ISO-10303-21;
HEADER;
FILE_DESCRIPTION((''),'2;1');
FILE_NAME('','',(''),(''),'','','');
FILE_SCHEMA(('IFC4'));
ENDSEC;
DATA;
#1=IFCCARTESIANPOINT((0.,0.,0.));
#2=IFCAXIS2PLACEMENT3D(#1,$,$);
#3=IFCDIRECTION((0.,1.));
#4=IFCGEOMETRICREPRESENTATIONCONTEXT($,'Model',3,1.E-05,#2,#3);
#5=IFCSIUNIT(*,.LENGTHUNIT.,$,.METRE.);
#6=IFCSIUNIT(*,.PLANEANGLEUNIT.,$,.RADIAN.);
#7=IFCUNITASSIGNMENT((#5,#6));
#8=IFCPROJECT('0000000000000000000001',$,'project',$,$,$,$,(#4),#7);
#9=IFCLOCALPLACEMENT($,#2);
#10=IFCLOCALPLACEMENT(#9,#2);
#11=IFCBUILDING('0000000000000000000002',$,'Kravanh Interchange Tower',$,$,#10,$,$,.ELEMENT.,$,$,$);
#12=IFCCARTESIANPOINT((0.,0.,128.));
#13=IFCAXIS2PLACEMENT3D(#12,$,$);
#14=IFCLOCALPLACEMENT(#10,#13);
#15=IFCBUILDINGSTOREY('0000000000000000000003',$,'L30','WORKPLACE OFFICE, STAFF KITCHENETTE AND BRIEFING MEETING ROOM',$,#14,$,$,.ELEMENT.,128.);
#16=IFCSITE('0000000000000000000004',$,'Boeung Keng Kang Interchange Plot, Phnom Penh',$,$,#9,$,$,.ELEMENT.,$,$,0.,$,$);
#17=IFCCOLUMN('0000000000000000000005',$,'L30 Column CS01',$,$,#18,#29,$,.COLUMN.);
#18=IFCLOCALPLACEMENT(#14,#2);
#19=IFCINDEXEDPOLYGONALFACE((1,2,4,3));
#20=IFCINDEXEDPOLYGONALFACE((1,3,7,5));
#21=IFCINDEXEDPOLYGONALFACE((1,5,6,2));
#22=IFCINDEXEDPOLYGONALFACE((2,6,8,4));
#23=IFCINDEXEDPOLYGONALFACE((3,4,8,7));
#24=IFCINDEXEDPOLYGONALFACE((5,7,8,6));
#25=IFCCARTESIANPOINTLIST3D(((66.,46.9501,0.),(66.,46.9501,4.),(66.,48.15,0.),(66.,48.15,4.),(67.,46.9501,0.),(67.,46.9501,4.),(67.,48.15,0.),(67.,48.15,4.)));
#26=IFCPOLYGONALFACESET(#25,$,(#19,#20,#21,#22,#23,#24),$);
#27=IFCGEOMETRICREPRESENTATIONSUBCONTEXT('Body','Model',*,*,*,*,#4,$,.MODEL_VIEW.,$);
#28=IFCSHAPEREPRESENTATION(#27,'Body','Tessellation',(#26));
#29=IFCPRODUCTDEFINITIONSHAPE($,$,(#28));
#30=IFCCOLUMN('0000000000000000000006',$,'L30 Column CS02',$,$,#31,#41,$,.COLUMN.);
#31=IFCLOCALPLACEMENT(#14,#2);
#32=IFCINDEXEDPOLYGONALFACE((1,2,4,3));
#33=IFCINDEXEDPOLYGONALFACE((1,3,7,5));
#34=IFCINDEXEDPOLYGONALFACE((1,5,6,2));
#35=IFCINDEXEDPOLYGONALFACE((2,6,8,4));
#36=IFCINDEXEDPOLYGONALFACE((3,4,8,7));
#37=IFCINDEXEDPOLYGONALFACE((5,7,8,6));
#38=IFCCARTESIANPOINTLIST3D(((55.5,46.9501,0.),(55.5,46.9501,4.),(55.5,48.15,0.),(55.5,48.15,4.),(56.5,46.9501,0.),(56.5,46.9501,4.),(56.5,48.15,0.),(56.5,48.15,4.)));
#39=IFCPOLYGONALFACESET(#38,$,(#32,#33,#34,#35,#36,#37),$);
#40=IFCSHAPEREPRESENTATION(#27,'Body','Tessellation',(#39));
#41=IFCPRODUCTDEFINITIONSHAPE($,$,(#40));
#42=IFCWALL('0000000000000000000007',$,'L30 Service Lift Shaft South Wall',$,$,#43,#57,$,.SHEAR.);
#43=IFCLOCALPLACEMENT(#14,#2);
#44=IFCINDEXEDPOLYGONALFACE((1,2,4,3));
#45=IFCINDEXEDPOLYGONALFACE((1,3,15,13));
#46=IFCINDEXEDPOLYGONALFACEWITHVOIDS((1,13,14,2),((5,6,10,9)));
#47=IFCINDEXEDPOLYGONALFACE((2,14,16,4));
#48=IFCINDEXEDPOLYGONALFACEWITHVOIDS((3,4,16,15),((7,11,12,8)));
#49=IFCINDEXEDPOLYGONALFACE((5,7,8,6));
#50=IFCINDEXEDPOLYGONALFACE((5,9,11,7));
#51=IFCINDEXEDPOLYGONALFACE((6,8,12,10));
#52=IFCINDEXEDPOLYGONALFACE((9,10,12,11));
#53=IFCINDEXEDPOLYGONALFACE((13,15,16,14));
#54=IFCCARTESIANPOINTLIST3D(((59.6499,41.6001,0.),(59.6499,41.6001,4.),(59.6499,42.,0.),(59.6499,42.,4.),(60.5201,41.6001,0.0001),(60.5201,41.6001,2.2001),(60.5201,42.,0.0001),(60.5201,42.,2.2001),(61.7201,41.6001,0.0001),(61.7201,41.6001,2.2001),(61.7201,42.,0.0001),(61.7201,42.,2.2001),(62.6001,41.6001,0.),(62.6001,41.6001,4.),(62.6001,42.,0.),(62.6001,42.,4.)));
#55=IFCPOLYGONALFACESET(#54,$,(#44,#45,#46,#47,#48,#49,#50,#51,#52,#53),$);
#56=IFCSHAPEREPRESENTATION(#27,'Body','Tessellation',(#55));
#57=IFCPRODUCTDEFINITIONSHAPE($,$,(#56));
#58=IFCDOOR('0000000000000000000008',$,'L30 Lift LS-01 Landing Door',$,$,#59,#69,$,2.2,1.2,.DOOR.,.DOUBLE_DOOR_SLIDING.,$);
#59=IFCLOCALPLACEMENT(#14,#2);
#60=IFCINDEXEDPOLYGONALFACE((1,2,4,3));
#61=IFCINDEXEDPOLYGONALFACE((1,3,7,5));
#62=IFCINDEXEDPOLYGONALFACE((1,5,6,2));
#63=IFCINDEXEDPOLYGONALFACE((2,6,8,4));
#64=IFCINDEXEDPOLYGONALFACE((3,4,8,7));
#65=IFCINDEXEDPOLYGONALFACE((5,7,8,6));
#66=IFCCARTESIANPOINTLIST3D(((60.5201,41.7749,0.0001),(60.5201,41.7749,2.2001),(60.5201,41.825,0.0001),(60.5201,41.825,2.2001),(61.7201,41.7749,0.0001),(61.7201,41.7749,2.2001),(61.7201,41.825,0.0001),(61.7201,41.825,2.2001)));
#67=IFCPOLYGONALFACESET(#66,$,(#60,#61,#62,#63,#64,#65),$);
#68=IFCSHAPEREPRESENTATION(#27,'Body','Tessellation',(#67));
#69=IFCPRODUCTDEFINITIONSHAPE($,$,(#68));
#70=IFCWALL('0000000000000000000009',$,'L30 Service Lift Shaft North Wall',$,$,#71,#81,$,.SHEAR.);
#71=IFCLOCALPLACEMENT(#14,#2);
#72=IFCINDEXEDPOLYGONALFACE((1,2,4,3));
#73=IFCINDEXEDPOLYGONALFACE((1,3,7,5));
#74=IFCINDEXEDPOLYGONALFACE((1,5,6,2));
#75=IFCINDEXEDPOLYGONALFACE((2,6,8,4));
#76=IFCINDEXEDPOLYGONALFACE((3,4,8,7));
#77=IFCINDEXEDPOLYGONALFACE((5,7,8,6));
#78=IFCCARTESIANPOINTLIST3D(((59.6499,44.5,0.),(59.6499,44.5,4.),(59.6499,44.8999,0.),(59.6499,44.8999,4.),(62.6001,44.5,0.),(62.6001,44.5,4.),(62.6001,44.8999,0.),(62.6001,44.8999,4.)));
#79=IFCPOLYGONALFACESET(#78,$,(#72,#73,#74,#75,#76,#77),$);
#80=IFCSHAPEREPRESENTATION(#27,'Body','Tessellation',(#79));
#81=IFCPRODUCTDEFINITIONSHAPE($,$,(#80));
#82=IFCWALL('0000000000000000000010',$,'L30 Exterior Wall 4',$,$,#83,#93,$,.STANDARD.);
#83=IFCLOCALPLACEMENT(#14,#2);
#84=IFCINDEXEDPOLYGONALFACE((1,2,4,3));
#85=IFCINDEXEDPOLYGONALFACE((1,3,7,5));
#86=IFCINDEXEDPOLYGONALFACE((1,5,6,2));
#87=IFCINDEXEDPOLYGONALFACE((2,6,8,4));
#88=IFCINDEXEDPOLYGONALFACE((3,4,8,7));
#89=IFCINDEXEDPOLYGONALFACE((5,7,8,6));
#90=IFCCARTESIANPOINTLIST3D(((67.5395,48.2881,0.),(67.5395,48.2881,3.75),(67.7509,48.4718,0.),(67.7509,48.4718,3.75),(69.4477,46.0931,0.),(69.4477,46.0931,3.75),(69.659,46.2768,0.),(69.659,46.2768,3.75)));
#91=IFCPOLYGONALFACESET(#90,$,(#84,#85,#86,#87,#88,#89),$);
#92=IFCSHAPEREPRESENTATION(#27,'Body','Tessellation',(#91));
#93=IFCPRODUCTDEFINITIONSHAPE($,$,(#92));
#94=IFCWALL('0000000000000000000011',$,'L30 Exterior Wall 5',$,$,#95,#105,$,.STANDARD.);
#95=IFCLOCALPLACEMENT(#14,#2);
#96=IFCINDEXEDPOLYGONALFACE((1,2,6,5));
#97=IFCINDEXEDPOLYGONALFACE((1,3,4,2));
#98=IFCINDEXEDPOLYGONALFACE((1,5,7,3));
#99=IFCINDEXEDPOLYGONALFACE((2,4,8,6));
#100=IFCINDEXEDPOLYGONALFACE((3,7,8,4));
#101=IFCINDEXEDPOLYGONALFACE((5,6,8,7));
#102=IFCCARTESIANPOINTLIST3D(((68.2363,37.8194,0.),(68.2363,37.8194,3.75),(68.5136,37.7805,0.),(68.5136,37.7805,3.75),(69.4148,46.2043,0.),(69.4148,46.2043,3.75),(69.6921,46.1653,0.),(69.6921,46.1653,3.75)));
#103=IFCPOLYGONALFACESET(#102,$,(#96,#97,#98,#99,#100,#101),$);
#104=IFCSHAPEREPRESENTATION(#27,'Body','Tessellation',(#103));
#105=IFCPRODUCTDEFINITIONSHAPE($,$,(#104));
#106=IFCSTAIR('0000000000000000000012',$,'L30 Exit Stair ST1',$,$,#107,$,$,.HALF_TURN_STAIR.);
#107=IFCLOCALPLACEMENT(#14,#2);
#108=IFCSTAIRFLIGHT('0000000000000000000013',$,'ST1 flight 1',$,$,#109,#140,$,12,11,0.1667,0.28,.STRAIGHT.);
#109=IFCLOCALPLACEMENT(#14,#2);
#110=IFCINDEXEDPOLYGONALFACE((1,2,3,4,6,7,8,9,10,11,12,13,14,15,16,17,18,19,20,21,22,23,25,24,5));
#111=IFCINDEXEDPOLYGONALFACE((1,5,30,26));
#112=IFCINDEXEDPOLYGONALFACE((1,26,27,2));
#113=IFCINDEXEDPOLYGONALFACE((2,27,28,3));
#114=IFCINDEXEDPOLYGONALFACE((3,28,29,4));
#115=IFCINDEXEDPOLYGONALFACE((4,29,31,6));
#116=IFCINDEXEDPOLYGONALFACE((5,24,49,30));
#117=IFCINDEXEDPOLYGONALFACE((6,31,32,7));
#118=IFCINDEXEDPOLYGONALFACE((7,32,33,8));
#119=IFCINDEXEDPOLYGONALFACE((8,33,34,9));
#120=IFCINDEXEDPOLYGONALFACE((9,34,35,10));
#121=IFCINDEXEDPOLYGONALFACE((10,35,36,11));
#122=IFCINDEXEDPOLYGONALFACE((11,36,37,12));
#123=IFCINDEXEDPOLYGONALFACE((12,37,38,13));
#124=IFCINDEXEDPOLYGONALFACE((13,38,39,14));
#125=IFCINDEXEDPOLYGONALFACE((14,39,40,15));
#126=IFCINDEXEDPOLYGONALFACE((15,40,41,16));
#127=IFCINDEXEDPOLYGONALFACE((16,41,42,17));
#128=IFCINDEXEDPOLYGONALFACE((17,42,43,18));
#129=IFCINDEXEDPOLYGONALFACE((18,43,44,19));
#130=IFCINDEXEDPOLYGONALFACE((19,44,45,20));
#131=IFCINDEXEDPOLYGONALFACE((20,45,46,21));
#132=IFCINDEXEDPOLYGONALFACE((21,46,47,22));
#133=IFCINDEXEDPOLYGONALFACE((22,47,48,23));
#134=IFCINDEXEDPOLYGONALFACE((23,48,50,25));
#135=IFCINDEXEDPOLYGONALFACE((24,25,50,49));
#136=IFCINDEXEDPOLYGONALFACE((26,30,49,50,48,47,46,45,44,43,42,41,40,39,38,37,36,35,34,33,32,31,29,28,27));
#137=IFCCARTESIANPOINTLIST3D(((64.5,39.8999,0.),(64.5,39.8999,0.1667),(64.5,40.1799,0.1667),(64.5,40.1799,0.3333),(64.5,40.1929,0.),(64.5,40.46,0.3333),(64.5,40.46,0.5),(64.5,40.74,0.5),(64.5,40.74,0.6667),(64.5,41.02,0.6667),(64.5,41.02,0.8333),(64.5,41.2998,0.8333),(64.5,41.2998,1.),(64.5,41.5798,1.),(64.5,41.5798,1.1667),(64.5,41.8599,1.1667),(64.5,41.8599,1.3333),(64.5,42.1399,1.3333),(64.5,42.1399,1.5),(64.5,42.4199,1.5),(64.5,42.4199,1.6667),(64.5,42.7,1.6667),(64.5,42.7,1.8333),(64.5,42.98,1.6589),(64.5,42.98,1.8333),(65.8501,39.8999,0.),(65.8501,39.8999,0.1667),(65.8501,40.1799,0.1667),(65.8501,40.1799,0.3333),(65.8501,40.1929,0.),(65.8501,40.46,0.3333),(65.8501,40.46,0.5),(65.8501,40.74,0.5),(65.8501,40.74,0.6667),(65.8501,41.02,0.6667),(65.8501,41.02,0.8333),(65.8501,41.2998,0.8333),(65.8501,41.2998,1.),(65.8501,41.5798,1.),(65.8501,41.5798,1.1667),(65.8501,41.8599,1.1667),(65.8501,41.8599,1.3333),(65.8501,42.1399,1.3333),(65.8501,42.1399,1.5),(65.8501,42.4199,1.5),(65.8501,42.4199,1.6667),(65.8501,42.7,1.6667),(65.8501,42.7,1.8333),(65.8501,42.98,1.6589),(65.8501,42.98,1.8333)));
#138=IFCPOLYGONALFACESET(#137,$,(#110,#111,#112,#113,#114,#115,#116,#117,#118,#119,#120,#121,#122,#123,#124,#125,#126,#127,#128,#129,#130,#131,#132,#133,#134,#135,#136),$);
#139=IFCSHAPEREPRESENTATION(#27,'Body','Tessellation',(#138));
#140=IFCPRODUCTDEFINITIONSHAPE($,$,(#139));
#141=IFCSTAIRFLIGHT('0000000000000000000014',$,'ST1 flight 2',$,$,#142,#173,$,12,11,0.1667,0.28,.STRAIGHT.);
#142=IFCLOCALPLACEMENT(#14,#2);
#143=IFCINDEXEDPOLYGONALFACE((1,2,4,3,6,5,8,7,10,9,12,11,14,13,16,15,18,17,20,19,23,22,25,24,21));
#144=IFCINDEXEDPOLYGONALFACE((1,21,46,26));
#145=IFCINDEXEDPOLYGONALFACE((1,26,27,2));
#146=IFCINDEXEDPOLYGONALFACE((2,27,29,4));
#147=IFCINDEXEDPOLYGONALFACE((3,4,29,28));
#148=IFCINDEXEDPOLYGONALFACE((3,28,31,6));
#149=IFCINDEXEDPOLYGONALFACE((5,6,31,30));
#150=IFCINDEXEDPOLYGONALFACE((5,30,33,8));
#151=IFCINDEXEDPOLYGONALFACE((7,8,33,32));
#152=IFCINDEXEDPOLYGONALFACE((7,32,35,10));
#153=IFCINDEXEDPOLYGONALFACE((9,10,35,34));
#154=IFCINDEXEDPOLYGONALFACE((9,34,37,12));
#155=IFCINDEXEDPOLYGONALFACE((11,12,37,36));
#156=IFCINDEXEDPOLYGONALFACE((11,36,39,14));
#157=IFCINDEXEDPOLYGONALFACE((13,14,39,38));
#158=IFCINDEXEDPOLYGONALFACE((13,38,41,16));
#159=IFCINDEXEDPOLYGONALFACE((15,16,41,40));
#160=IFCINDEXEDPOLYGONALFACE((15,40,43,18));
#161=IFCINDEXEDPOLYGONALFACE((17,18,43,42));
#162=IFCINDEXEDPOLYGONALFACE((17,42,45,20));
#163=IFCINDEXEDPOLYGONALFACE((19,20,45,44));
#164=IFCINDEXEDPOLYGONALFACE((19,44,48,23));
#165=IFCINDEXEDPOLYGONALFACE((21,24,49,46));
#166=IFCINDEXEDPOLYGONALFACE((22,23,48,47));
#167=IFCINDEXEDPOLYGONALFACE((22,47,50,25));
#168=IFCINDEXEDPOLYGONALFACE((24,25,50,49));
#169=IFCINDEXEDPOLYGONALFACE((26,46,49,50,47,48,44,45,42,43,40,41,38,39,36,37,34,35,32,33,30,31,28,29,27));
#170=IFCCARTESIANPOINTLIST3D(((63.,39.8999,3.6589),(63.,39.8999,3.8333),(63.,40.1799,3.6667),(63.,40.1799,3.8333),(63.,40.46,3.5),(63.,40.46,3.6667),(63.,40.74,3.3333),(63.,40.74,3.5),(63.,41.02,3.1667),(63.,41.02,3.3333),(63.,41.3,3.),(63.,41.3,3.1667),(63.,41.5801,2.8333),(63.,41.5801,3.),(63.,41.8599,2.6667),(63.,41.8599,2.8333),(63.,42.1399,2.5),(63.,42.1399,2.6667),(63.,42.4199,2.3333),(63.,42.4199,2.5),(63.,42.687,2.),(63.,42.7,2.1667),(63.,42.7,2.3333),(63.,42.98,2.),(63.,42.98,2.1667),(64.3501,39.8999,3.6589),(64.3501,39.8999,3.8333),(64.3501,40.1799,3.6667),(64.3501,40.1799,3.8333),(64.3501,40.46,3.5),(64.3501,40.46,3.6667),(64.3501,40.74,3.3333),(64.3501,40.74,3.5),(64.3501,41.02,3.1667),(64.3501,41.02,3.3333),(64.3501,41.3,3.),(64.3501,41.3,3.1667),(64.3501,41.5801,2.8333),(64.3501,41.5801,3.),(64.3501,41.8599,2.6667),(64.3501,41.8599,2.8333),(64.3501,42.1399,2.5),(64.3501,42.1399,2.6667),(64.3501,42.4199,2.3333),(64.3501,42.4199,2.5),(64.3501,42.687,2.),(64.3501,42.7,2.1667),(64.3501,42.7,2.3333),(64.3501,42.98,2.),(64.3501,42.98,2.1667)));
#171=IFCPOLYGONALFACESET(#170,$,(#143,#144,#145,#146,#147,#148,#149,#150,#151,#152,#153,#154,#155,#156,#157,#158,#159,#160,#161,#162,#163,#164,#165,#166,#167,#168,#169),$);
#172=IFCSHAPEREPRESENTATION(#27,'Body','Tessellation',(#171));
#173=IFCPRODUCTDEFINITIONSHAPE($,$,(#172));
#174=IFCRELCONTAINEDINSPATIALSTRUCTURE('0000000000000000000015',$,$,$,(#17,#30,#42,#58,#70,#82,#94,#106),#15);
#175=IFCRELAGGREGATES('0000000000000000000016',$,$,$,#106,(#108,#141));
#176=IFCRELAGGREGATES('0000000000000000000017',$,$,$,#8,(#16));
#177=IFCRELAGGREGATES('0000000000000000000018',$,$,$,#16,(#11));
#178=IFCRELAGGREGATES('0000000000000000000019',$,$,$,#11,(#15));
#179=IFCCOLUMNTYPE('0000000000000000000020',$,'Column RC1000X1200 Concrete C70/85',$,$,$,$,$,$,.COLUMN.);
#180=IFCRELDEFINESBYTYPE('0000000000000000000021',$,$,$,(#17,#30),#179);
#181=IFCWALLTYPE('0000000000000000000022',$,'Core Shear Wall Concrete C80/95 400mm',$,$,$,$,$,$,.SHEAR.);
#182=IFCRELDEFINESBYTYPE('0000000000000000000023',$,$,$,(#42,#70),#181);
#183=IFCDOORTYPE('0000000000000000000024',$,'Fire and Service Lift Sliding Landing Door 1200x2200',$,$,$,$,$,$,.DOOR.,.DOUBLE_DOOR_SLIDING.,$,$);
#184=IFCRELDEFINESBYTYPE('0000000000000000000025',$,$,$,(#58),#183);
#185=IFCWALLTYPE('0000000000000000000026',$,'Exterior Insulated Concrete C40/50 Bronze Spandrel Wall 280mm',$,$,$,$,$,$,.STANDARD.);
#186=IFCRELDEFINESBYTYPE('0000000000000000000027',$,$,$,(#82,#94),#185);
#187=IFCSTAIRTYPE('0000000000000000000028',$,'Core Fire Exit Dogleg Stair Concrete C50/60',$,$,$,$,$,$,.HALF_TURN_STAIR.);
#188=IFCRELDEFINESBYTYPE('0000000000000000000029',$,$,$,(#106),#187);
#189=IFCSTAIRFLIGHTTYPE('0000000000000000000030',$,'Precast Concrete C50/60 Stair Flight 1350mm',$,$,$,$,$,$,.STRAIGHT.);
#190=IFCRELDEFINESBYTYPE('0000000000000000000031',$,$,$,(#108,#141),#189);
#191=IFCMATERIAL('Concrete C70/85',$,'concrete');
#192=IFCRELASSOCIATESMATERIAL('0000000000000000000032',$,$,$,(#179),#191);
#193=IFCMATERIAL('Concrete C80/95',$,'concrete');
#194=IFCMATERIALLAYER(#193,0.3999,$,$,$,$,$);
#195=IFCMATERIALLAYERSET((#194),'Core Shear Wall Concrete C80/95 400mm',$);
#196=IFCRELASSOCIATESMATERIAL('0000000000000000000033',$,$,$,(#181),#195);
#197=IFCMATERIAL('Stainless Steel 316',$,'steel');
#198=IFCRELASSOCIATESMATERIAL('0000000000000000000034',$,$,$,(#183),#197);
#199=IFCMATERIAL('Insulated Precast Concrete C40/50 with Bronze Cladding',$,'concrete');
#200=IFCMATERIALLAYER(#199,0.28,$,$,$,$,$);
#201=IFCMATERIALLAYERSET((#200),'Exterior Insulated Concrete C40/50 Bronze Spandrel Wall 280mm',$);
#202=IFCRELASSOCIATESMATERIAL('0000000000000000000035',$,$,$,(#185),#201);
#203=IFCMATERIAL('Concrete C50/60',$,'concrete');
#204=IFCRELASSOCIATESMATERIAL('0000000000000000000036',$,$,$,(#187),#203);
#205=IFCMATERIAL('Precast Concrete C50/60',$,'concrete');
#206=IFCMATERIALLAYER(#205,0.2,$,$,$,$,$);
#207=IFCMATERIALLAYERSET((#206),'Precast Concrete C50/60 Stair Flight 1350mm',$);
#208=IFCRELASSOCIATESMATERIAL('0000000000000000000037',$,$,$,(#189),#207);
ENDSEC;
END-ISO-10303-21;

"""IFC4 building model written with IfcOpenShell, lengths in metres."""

from ifc_helpers import new_model, si_unit, direction, frame, frame_2d, origin, origin_2d, place, context, subcontext, project, spatial, polyline, rectangle, outline, extrude, material, layer, layer_set, material_profile, profile_set, type_object, element, fill, aggregate, save


model = new_model("IFC4")

# Units and contexts
model_context = context("Model", 3, precision=1e-05, world=origin(), true_north=direction((0.0, 1.0)))
body_context = subcontext(model_context, "Body", "Model", "MODEL_VIEW")
ifc_project = project(units=[si_unit("LENGTHUNIT", "METRE"), si_unit("PLANEANGLEUNIT", "RADIAN")], contexts=[model_context])

# Site, building, storey
site_placement = place(None, origin())
site = spatial("IfcSite", under=ifc_project, at=site_placement, Name="Boeung Keng Kang Interchange Plot, Phnom Penh", CompositionType="ELEMENT", RefElevation=0.0)
building_placement = place(site_placement, origin())
building = spatial("IfcBuilding", under=site, at=building_placement, Name="Kravanh Interchange Tower", CompositionType="ELEMENT")
storey_placement = place(building_placement, frame((0.0, 0.0, 128.0)))
storey = spatial("IfcBuildingStorey", under=building, at=storey_placement, Name="L30", Description="WORKPLACE OFFICE, STAFF KITCHENETTE AND BRIEFING MEETING ROOM", CompositionType="ELEMENT", Elevation=128.0)

# Columns
ifc_material_1 = material(Name="Concrete C70/85", Category="concrete")
ifc_material_profile = material_profile(ifc_material_1, rectangle(XDim=1.0, YDim=1.2, at=origin_2d()), Name="RC1000X1200")
ifc_profile_set = profile_set([ifc_material_profile], Name="Concrete C70/85")
column_type = type_object("IfcColumnType", Name="Column RC1000X1200 Concrete C70/85", PredefinedType="COLUMN", material=ifc_profile_set)
for number, where, z_axis, x_axis, name in (
    (1, (66.5, 47.55, 0.0), (0.0, 0.0, 1.0), (1.0, 0.0, 0.0), "L30 Column CS01"),
    (2, (56.0, 47.55, 0.0), (0.0, 0.0, 1.0), (1.0, 0.0, 0.0), "L30 Column CS02"),
):
    element("IfcColumn", number, at=place(storey_placement, frame(where, z_axis=z_axis, x_axis=x_axis)), inside=storey, type_object=column_type, Name=name, PredefinedType="COLUMN", context=body_context, shape_type="SweptSolid", body=[
        extrude(rectangle(XDim=1.0, YDim=1.2, at=origin_2d()), origin(), (0.0, 0.0, 1.0), 4.0),
    ])

# Wall, opening, door
ifc_material_2 = material(Name="Concrete C80/95", Category="concrete")
ifc_layer_1 = layer(ifc_material_2, 0.3999)
ifc_layer_set_1 = layer_set([ifc_layer_1], Name="Core Shear Wall Concrete C80/95 400mm")
wall_type_1 = type_object("IfcWallType", Name="Core Shear Wall Concrete C80/95 400mm", PredefinedType="SHEAR", material=ifc_layer_set_1)
wall_1_placement = place(storey_placement, frame((59.6499, 41.8, 0.0), z_axis=(0.0, 0.0, 1.0), x_axis=(1.0, 0.0, 0.0)))
wall_1 = element("IfcWall", 3, at=wall_1_placement, inside=storey, type_object=wall_type_1, Name="L30 Service Lift Shaft South Wall", PredefinedType="SHEAR", context=body_context, shape_type="SweptSolid", body=[
    extrude(rectangle(XDim=2.9502, YDim=0.3999, at=frame_2d((1.4751, 0.0))), origin(), (0.0, 0.0, 1.0), 4.0),
])
opening_placement = place(wall_1_placement, frame((0.8701, 0.0, 0.0)))
opening = element("IfcOpeningElement", 4, at=opening_placement, cuts=wall_1, PredefinedType="OPENING", context=body_context, shape_type="SweptSolid", body=[
    extrude(rectangle(XDim=1.2, YDim=2.2, at=frame_2d((0.6001, 1.1001))), frame((0.0, 0.21, 0.0), z_axis=(0.0, -1.0, 0.0), x_axis=(1.0, 0.0, 0.0)), (0.0, 0.0, 1.0), 0.4199),
])
ifc_material_3 = material(Name="Stainless Steel 316", Category="steel")
door_type = type_object("IfcDoorType", Name="Fire and Service Lift Sliding Landing Door 1200x2200", OperationType="DOUBLE_DOOR_SLIDING", PredefinedType="DOOR", material=ifc_material_3)
door_placement = place(opening_placement, origin())
door = element("IfcDoor", 5, at=door_placement, inside=storey, type_object=door_type, Name="L30 Lift LS-01 Landing Door", OperationType="DOUBLE_DOOR_SLIDING", OverallHeight=2.2, OverallWidth=1.2, PredefinedType="DOOR", context=body_context, shape_type="SweptSolid", body=[
    extrude(rectangle(XDim=1.2, YDim=2.2, at=frame_2d((0.6001, 1.1001))), frame((0.0, 0.0249, 0.0), z_axis=(0.0, -1.0, 0.0), x_axis=(1.0, 0.0, 0.0)), (0.0, 0.0, 1.0), 0.05),
])
fill(opening, door)

# Walls
wall_2_placement = place(storey_placement, frame((59.6499, 44.7, 0.0), z_axis=(0.0, 0.0, 1.0), x_axis=(1.0, 0.0, 0.0)))
element("IfcWall", 6, at=wall_2_placement, inside=storey, type_object=wall_type_1, Name="L30 Service Lift Shaft North Wall", PredefinedType="SHEAR", context=body_context, shape_type="SweptSolid", body=[
    extrude(rectangle(XDim=2.9502, YDim=0.3999, at=frame_2d((1.4751, 0.0))), origin(), (0.0, 0.0, 1.0), 4.0),
])
ifc_material_4 = material(Name="Insulated Precast Concrete C40/50 with Bronze Cladding", Category="concrete")
ifc_layer_2 = layer(ifc_material_4, 0.28)
ifc_layer_set_2 = layer_set([ifc_layer_2], Name="Exterior Insulated Concrete C40/50 Bronze Spandrel Wall 280mm")
wall_type_2 = type_object("IfcWallType", Name="Exterior Insulated Concrete C40/50 Bronze Spandrel Wall 280mm", PredefinedType="STANDARD", material=ifc_layer_set_2)
wall_3_placement = place(storey_placement, frame((67.6453, 48.3799, 0.0), z_axis=(0.0, 0.0, 1.0), x_axis=(0.656071, -0.754699, 0.0)))
element("IfcWall", 7, at=wall_3_placement, inside=storey, type_object=wall_type_2, Name="L30 Exterior Wall 4", PredefinedType="STANDARD", context=body_context, shape_type="SweptSolid", body=[
    extrude(rectangle(XDim=2.9084, YDim=0.28, at=frame_2d((1.4541, 0.0))), origin(), (0.0, 0.0, 1.0), 3.75),
])
wall_4_placement = place(storey_placement, frame((69.5535, 46.1848, 0.0), z_axis=(0.0, 0.0, 1.0), x_axis=(-0.139181, -0.990267, 0.0)))
element("IfcWall", 8, at=wall_4_placement, inside=storey, type_object=wall_type_2, Name="L30 Exterior Wall 5", PredefinedType="STANDARD", context=body_context, shape_type="SweptSolid", body=[
    extrude(rectangle(XDim=8.4673, YDim=0.28, at=frame_2d((4.2336, 0.0))), origin(), (0.0, 0.0, 1.0), 3.75),
])

# Stair, stair flights
ifc_material_5 = material(Name="Concrete C50/60", Category="concrete")
stair_type = type_object("IfcStairType", Name="Core Fire Exit Dogleg Stair Concrete C50/60", PredefinedType="HALF_TURN_STAIR", material=ifc_material_5)
stair_1_placement = place(storey_placement, origin())
stair_1 = element("IfcStair", 9, at=stair_1_placement, inside=storey, type_object=stair_type, Name="L30 Exit Stair ST1", PredefinedType="HALF_TURN_STAIR")
ifc_material_6 = material(Name="Precast Concrete C50/60", Category="concrete")
ifc_layer_3 = layer(ifc_material_6, 0.2)
ifc_layer_set_3 = layer_set([ifc_layer_3], Name="Precast Concrete C50/60 Stair Flight 1350mm")
stair_flight_type = type_object("IfcStairFlightType", Name="Precast Concrete C50/60 Stair Flight 1350mm", PredefinedType="STRAIGHT", material=ifc_layer_set_3)
stair_flight_1_placement = place(storey_placement, frame((65.175, 39.8999, 0.0), z_axis=(0.0, 0.0, 1.0), x_axis=(0.0, 1.0, 0.0)))
stair_flight_1 = element("IfcStairFlight", 10, at=stair_flight_1_placement, type_object=stair_flight_type, Name="ST1 flight 1", NumberOfRisers=12, NumberOfTreads=11, PredefinedType="STRAIGHT", RiserHeight=0.1667, TreadLength=0.28, context=body_context, shape_type="SweptSolid", body=[
    extrude(outline(polyline([(0.0, 0.0), (0.0, 0.1667), (0.28, 0.1667), (0.28, 0.3333), (0.5601, 0.3333), (0.5601, 0.5), (0.8401, 0.5), (0.8401, 0.6667), (1.1201, 0.6667), (1.1201, 0.8333), (1.3999, 0.8333), (1.3999, 1.0), (1.6799, 1.0), (1.6799, 1.1667), (1.96, 1.1667), (1.96, 1.3333), (2.24, 1.3333), (2.24, 1.5), (2.52, 1.5), (2.52, 1.6667), (2.8, 1.6667), (2.8, 1.8333), (3.0801, 1.8333), (3.0801, 2.0), (3.0801, 1.6589), (0.293, 0.0), (0.0, 0.0)])), frame((0.0, 0.675, 0.0), z_axis=(0.0, -1.0, 0.0), x_axis=(1.0, 0.0, 0.0)), (0.0, 0.0, 1.0), 1.3501),
])
stair_flight_2_placement = place(storey_placement, frame((63.675, 42.98, 2.0), z_axis=(0.0, 0.0, 1.0), x_axis=(0.0, -1.0, 0.0)))
stair_flight_2 = element("IfcStairFlight", 11, at=stair_flight_2_placement, type_object=stair_flight_type, Name="ST1 flight 2", NumberOfRisers=12, NumberOfTreads=11, PredefinedType="STRAIGHT", RiserHeight=0.1667, TreadLength=0.28, context=body_context, shape_type="SweptSolid", body=[
    extrude(outline(polyline([(0.0, 0.0), (0.0, 0.1667), (0.28, 0.1667), (0.28, 0.3333), (0.5601, 0.3333), (0.5601, 0.5), (0.8401, 0.5), (0.8401, 0.6667), (1.1201, 0.6667), (1.1201, 0.8333), (1.3999, 0.8333), (1.3999, 1.0), (1.6799, 1.0), (1.6799, 1.1667), (1.96, 1.1667), (1.96, 1.3333), (2.24, 1.3333), (2.24, 1.5), (2.52, 1.5), (2.52, 1.6667), (2.8, 1.6667), (2.8, 1.8333), (3.0801, 1.8333), (3.0801, 2.0), (3.0801, 1.6589), (0.293, 0.0), (0.0, 0.0)])), frame((0.0, 0.675, 0.0), z_axis=(0.0, -1.0, 0.0), x_axis=(1.0, 0.0, 0.0)), (0.0, 0.0, 1.0), 1.3501),
])
aggregate(stair_1, [stair_flight_1, stair_flight_2])

save(model, "model.ifc")
